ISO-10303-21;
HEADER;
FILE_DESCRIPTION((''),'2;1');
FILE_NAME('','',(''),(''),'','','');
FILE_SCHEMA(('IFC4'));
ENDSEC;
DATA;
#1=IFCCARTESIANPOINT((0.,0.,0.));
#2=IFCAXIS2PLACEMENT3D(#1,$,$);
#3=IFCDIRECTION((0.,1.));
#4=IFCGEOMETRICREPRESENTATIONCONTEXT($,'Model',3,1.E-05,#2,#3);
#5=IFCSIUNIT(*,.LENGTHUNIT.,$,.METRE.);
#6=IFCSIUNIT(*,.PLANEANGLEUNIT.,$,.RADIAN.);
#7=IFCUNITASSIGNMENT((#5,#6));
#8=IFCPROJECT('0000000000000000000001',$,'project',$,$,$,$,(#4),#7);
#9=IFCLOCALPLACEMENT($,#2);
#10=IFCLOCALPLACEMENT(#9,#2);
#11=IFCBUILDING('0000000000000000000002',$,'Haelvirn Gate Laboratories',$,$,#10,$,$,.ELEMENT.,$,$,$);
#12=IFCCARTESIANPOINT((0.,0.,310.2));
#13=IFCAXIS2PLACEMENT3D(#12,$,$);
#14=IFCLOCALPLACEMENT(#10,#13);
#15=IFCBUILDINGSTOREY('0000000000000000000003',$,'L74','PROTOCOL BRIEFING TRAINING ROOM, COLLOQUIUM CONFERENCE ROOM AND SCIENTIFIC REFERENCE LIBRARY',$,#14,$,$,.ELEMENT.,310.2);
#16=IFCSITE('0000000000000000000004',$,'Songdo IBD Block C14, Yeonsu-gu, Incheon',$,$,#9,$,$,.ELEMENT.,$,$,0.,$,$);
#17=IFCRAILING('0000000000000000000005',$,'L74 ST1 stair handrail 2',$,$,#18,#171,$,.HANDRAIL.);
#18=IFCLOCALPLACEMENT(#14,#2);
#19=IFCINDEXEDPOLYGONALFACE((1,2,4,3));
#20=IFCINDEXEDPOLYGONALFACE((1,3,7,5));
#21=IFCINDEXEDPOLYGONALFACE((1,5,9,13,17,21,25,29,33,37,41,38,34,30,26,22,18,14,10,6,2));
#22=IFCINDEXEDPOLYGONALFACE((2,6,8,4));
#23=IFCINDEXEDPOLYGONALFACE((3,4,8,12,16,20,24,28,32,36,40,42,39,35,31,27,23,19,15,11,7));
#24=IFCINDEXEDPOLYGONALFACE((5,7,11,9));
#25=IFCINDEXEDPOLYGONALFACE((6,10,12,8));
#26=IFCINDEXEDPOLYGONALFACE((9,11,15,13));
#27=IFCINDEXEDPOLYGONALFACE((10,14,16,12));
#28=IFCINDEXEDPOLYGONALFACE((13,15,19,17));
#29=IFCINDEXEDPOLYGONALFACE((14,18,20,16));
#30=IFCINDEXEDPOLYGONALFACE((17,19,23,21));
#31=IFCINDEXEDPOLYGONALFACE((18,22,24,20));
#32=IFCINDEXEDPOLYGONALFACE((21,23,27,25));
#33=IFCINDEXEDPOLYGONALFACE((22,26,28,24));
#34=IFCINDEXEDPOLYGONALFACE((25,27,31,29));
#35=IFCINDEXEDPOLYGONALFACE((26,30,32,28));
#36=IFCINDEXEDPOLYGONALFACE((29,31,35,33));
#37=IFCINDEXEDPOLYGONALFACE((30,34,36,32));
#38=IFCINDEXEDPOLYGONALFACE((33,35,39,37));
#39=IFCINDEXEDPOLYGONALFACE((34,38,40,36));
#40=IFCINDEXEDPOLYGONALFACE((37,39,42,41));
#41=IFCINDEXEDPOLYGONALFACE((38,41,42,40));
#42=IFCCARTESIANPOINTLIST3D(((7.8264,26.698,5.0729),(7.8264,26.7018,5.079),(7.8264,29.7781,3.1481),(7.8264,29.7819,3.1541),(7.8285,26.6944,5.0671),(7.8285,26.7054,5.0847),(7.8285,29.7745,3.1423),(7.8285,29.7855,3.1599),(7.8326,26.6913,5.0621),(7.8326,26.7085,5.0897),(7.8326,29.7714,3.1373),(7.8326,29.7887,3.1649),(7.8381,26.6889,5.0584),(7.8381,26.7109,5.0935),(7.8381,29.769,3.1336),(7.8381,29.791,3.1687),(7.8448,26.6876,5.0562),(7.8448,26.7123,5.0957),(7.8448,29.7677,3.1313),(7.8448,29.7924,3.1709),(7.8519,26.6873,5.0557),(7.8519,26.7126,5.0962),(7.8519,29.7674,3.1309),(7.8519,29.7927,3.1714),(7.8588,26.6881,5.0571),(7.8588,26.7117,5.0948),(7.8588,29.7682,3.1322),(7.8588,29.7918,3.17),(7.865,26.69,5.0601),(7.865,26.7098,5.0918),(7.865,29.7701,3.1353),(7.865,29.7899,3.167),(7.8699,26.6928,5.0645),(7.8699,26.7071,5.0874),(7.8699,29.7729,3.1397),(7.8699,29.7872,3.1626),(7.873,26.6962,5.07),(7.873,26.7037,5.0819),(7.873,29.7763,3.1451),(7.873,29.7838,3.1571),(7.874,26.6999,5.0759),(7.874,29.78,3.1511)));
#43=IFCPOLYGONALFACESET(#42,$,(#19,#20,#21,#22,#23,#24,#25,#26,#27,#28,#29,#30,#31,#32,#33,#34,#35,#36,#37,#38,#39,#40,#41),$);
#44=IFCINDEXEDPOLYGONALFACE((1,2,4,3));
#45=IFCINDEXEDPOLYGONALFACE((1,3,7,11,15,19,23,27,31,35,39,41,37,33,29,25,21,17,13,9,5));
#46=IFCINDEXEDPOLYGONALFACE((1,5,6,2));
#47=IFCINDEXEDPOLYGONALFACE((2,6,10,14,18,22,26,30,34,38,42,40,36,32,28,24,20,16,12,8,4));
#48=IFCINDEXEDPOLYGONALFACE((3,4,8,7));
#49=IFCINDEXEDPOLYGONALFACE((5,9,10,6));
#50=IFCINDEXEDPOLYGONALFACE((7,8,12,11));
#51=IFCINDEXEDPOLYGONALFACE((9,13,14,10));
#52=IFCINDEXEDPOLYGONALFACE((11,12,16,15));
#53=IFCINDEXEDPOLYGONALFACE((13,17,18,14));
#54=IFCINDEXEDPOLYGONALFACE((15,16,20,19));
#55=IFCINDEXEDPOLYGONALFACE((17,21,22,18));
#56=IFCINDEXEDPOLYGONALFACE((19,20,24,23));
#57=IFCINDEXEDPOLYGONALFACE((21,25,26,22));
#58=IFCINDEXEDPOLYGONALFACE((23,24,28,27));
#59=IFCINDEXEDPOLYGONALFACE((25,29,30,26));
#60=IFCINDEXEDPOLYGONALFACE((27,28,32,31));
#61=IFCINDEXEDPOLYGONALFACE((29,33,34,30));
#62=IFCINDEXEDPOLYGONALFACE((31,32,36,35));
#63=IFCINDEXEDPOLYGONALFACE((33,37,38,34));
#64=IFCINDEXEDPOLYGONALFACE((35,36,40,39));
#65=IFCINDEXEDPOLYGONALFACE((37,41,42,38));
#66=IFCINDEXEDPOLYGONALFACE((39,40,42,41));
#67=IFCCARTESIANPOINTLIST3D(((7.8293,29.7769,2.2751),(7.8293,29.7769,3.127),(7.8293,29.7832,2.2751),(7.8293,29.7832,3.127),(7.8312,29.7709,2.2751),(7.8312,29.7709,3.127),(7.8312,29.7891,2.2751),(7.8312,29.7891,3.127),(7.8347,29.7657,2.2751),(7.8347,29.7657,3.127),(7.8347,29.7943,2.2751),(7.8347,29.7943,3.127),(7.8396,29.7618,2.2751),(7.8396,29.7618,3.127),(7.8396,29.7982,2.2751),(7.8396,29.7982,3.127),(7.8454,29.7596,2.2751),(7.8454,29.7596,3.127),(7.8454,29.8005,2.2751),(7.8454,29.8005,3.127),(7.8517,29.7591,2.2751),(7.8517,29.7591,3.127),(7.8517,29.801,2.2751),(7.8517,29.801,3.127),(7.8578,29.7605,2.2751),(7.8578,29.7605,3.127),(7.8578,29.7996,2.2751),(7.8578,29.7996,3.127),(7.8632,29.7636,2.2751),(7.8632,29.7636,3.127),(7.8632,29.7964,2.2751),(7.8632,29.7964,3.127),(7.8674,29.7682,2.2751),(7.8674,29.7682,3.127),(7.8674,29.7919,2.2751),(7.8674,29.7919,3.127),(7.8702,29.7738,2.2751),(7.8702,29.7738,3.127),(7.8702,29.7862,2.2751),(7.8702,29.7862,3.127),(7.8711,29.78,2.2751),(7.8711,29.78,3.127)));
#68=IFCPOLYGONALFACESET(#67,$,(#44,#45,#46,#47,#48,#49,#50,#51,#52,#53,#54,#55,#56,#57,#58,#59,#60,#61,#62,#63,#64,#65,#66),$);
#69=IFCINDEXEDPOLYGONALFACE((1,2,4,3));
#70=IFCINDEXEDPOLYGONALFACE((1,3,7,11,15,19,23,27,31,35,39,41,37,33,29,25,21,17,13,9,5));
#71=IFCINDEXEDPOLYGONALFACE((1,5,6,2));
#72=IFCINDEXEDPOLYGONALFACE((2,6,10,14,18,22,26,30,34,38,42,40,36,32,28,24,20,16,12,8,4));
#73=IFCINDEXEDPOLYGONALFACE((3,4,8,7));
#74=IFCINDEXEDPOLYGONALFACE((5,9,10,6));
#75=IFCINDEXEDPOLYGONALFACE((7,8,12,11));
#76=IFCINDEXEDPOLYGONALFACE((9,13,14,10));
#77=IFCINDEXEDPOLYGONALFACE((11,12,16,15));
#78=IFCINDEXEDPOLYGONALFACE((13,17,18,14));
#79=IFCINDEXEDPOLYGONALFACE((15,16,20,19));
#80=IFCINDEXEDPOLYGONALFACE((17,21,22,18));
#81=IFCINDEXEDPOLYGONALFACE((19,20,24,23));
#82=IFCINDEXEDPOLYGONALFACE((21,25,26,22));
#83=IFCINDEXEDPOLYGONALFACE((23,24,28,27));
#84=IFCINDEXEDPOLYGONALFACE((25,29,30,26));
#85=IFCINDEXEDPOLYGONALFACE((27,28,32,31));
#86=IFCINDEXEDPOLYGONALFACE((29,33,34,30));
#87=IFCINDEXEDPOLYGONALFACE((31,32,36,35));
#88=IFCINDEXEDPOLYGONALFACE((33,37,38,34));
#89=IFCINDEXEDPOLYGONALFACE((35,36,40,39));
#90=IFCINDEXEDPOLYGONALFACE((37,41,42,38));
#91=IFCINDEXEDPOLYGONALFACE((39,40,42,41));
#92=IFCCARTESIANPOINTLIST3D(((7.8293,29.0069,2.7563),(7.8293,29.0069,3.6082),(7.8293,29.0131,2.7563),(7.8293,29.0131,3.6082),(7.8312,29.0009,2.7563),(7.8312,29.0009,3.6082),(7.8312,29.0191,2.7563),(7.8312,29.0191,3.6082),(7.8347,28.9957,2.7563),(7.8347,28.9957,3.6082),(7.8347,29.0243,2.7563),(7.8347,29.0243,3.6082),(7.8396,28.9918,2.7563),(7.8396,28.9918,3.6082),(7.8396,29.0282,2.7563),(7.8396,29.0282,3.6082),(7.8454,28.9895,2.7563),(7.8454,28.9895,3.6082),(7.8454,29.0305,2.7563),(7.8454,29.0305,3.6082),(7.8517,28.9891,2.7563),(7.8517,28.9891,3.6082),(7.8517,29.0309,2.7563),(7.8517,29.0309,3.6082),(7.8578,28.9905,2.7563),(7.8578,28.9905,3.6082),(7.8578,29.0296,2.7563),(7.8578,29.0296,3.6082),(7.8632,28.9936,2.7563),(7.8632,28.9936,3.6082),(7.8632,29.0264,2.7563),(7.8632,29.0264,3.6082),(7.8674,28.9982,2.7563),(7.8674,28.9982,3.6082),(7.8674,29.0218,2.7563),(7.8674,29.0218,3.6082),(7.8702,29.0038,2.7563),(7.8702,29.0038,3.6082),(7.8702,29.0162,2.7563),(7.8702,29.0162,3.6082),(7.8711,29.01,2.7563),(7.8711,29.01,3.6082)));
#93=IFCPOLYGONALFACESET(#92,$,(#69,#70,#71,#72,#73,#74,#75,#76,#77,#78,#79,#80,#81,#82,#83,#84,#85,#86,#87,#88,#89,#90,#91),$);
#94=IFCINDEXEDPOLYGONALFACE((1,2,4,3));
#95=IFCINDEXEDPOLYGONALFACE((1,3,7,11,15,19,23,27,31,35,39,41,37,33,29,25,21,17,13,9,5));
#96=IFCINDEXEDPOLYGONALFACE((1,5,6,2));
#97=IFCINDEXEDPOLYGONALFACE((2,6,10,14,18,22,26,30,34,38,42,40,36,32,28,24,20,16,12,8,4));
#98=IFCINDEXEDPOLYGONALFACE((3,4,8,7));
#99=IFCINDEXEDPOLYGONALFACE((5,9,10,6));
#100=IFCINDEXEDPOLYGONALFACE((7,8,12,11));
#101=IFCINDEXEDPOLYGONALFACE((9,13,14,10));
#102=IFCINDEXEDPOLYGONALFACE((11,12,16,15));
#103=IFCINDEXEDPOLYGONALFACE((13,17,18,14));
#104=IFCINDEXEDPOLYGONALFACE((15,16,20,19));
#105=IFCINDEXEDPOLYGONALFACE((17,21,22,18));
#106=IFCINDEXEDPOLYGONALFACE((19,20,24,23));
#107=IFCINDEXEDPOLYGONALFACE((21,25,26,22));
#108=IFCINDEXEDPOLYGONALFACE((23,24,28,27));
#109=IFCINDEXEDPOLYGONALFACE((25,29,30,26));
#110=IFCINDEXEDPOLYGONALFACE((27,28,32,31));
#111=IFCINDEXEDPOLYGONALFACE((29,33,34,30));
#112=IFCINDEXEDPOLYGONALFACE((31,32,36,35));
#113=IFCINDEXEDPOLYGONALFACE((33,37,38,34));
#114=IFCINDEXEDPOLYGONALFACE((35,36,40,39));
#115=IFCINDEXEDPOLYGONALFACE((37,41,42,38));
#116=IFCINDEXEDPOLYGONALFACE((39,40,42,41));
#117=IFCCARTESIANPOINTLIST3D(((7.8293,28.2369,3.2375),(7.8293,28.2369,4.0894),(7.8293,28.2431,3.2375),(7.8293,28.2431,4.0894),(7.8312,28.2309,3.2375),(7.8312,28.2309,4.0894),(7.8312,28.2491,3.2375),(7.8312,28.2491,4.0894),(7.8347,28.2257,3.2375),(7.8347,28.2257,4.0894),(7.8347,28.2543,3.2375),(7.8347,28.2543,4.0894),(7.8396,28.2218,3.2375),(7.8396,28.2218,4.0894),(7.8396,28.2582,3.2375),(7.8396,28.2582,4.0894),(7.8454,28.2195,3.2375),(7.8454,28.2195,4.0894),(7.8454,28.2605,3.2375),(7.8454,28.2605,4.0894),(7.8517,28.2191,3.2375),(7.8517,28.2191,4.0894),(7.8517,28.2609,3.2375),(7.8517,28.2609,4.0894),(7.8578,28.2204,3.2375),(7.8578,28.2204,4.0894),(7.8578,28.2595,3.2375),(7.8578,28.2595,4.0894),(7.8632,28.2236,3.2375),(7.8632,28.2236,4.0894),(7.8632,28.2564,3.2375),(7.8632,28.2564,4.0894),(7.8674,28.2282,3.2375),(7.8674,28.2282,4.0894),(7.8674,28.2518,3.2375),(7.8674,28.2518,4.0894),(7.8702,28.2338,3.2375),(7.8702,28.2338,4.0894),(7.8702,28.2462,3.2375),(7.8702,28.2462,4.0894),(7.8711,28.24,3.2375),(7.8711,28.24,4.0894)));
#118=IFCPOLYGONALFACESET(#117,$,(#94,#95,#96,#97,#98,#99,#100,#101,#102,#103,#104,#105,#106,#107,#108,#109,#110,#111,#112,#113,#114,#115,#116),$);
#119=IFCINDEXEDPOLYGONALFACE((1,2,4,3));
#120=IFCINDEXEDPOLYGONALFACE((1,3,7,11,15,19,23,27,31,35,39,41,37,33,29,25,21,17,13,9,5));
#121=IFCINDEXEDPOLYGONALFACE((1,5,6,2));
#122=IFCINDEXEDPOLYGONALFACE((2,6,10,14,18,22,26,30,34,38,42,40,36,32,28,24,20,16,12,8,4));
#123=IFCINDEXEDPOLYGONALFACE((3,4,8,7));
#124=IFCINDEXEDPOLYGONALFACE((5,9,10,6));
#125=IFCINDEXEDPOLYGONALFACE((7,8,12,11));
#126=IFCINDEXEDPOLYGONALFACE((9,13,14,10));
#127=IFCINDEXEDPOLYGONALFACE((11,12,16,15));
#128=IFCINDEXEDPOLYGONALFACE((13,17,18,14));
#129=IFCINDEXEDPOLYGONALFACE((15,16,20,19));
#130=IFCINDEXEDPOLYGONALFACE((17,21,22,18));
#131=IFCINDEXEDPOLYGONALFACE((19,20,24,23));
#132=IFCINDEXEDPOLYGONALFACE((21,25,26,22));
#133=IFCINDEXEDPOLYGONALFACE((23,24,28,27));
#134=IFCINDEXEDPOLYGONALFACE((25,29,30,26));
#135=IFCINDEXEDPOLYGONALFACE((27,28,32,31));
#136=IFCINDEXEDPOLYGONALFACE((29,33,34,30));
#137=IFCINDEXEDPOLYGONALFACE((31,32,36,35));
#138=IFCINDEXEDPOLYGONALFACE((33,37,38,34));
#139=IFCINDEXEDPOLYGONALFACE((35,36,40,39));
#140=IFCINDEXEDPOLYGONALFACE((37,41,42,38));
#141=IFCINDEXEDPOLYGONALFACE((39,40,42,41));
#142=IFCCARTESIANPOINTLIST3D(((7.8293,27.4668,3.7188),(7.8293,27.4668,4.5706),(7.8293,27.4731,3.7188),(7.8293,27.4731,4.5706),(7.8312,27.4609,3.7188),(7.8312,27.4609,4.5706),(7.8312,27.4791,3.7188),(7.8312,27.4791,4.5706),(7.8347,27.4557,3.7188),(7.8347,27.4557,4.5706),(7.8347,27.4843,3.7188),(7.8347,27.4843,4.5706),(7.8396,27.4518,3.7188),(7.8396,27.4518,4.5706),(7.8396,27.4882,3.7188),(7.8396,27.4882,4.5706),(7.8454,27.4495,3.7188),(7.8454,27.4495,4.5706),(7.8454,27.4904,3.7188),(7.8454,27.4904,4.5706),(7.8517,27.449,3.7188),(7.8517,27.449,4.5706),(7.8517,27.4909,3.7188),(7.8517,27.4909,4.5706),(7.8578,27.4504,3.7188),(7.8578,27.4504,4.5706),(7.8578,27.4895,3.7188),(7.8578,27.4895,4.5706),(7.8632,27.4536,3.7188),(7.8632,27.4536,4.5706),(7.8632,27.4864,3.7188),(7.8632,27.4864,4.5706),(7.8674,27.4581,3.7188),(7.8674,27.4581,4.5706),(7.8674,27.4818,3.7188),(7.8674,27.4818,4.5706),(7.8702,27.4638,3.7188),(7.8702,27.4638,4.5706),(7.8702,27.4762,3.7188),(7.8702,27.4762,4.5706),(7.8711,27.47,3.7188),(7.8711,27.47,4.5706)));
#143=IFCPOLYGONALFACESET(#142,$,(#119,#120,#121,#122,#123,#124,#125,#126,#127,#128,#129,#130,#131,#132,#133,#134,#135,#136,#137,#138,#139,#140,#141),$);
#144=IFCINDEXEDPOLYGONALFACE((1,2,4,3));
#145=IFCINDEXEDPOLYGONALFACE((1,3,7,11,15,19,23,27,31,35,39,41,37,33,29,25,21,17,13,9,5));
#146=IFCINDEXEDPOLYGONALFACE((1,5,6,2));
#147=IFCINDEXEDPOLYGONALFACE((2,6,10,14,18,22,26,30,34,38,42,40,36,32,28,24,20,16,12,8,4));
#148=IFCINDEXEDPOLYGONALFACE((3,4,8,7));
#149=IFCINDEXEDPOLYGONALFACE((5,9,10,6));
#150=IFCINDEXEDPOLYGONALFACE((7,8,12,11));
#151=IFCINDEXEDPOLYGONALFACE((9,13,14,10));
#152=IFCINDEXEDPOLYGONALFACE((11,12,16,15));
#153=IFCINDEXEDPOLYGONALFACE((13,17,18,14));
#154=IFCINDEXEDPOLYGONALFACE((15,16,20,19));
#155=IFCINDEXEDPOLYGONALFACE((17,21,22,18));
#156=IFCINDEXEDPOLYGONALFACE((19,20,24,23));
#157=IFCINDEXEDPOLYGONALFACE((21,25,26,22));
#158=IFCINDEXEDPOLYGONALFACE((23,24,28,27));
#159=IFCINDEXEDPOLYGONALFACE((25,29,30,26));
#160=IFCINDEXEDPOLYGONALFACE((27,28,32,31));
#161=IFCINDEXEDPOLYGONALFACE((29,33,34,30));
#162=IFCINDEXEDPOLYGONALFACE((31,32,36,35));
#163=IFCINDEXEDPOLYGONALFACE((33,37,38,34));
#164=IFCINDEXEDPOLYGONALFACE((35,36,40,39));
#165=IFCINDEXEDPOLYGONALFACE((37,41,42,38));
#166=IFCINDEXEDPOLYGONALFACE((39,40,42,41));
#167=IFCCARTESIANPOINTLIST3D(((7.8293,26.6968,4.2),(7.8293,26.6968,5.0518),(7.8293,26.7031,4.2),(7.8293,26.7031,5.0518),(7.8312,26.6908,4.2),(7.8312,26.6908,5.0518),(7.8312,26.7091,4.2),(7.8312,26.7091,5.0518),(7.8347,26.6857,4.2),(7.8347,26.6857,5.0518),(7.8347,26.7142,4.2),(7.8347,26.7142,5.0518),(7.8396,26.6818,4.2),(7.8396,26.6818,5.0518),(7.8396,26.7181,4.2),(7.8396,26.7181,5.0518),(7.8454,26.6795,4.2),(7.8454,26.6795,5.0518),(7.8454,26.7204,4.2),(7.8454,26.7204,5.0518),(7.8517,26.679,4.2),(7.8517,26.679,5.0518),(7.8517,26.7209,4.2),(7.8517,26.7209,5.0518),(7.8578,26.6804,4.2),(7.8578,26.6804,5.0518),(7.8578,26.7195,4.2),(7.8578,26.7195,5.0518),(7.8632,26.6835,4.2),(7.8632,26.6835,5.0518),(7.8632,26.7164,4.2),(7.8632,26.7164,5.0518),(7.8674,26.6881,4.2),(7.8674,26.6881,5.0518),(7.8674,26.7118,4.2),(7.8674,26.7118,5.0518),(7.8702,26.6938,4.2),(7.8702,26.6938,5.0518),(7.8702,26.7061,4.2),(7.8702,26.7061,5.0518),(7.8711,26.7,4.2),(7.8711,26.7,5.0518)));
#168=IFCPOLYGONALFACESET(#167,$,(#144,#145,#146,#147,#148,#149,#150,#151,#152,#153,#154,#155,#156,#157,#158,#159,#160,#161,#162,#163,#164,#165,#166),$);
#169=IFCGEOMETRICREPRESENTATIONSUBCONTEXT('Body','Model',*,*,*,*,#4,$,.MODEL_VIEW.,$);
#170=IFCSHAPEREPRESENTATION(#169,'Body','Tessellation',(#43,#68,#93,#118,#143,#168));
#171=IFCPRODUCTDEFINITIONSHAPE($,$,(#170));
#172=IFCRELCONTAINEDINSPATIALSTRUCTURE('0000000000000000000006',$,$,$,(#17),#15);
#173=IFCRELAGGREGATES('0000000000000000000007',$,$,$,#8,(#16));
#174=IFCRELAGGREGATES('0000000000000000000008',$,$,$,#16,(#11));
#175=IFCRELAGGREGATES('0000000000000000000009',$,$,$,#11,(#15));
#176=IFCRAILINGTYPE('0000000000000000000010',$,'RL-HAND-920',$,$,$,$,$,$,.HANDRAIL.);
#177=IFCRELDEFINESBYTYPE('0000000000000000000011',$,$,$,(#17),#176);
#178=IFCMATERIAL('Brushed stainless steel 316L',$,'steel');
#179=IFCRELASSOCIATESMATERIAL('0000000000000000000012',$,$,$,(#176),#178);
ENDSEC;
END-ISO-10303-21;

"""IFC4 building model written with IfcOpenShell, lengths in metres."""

from ifc_helpers import new_model, si_unit, direction, frame, origin, origin_2d, place, context, subcontext, project, spatial, circle, extrude, source, transform, mapped, material, type_object, element, save


model = new_model("IFC4")

# Units and contexts
model_context = context("Model", 3, precision=1e-05, world=origin(), true_north=direction((0.0, 1.0)))
body_context = subcontext(model_context, "Body", "Model", "MODEL_VIEW")
ifc_project = project(units=[si_unit("LENGTHUNIT", "METRE"), si_unit("PLANEANGLEUNIT", "RADIAN")], contexts=[model_context])

# Site, building, storey
site_placement = place(None, origin())
site = spatial("IfcSite", under=ifc_project, at=site_placement, Name="Songdo IBD Block C14, Yeonsu-gu, Incheon", CompositionType="ELEMENT", RefElevation=0.0)
building_placement = place(site_placement, origin())
building = spatial("IfcBuilding", under=site, at=building_placement, Name="Haelvirn Gate Laboratories", CompositionType="ELEMENT")
storey_placement = place(building_placement, frame((0.0, 0.0, 310.2)))
storey = spatial("IfcBuildingStorey", under=building, at=storey_placement, Name="L74", Description="PROTOCOL BRIEFING TRAINING ROOM, COLLOQUIUM CONFERENCE ROOM AND SCIENTIFIC REFERENCE LIBRARY", CompositionType="ELEMENT", Elevation=310.2)

# Railing
ifc_material_1 = material(Name="Brushed stainless steel 316L", Category="steel")
railing_type_1 = type_object("IfcRailingType", Name="RL-HAND-920", PredefinedType="HANDRAIL", material=ifc_material_1)
shared_shape_1 = source(origin(), body_context, "Body", "SweptSolid", [
    extrude(circle(Radius=0.0239, at=origin_2d()), frame((0.0, 0.0, 0.876), z_axis=(0.0, -0.848029, 0.529951), x_axis=(1.0, 0.0, 0.0)), (0.0, 0.0, 1.0), 3.6321),
    extrude(circle(Radius=0.021, at=origin_2d()), origin(), (0.0, 0.0, 1.0), 0.8518),
    extrude(circle(Radius=0.021, at=origin_2d()), frame((0.0, -0.77, 0.4812)), (0.0, 0.0, 1.0), 0.8518),
    extrude(circle(Radius=0.021, at=origin_2d()), frame((0.0, -1.54, 0.9624)), (0.0, 0.0, 1.0), 0.8518),
    extrude(circle(Radius=0.021, at=origin_2d()), frame((0.0, -2.3101, 1.4436)), (0.0, 0.0, 1.0), 0.8518),
    extrude(circle(Radius=0.021, at=origin_2d()), frame((0.0, -3.0801, 1.9248)), (0.0, 0.0, 1.0), 0.8518),
])
railing_1_placement = place(storey_placement, frame((7.8501, 29.78, 2.2751)))
element("IfcRailing", 1, at=railing_1_placement, inside=storey, type_object=railing_type_1, Name="L74 ST1 stair handrail 2", PredefinedType="HANDRAIL", context=body_context, shape_type="MappedRepresentation", body=[
    mapped(shared_shape_1, transform((0.0, 0.0, 0.0), scale=1.0)),
])

save(model, "model.ifc")
